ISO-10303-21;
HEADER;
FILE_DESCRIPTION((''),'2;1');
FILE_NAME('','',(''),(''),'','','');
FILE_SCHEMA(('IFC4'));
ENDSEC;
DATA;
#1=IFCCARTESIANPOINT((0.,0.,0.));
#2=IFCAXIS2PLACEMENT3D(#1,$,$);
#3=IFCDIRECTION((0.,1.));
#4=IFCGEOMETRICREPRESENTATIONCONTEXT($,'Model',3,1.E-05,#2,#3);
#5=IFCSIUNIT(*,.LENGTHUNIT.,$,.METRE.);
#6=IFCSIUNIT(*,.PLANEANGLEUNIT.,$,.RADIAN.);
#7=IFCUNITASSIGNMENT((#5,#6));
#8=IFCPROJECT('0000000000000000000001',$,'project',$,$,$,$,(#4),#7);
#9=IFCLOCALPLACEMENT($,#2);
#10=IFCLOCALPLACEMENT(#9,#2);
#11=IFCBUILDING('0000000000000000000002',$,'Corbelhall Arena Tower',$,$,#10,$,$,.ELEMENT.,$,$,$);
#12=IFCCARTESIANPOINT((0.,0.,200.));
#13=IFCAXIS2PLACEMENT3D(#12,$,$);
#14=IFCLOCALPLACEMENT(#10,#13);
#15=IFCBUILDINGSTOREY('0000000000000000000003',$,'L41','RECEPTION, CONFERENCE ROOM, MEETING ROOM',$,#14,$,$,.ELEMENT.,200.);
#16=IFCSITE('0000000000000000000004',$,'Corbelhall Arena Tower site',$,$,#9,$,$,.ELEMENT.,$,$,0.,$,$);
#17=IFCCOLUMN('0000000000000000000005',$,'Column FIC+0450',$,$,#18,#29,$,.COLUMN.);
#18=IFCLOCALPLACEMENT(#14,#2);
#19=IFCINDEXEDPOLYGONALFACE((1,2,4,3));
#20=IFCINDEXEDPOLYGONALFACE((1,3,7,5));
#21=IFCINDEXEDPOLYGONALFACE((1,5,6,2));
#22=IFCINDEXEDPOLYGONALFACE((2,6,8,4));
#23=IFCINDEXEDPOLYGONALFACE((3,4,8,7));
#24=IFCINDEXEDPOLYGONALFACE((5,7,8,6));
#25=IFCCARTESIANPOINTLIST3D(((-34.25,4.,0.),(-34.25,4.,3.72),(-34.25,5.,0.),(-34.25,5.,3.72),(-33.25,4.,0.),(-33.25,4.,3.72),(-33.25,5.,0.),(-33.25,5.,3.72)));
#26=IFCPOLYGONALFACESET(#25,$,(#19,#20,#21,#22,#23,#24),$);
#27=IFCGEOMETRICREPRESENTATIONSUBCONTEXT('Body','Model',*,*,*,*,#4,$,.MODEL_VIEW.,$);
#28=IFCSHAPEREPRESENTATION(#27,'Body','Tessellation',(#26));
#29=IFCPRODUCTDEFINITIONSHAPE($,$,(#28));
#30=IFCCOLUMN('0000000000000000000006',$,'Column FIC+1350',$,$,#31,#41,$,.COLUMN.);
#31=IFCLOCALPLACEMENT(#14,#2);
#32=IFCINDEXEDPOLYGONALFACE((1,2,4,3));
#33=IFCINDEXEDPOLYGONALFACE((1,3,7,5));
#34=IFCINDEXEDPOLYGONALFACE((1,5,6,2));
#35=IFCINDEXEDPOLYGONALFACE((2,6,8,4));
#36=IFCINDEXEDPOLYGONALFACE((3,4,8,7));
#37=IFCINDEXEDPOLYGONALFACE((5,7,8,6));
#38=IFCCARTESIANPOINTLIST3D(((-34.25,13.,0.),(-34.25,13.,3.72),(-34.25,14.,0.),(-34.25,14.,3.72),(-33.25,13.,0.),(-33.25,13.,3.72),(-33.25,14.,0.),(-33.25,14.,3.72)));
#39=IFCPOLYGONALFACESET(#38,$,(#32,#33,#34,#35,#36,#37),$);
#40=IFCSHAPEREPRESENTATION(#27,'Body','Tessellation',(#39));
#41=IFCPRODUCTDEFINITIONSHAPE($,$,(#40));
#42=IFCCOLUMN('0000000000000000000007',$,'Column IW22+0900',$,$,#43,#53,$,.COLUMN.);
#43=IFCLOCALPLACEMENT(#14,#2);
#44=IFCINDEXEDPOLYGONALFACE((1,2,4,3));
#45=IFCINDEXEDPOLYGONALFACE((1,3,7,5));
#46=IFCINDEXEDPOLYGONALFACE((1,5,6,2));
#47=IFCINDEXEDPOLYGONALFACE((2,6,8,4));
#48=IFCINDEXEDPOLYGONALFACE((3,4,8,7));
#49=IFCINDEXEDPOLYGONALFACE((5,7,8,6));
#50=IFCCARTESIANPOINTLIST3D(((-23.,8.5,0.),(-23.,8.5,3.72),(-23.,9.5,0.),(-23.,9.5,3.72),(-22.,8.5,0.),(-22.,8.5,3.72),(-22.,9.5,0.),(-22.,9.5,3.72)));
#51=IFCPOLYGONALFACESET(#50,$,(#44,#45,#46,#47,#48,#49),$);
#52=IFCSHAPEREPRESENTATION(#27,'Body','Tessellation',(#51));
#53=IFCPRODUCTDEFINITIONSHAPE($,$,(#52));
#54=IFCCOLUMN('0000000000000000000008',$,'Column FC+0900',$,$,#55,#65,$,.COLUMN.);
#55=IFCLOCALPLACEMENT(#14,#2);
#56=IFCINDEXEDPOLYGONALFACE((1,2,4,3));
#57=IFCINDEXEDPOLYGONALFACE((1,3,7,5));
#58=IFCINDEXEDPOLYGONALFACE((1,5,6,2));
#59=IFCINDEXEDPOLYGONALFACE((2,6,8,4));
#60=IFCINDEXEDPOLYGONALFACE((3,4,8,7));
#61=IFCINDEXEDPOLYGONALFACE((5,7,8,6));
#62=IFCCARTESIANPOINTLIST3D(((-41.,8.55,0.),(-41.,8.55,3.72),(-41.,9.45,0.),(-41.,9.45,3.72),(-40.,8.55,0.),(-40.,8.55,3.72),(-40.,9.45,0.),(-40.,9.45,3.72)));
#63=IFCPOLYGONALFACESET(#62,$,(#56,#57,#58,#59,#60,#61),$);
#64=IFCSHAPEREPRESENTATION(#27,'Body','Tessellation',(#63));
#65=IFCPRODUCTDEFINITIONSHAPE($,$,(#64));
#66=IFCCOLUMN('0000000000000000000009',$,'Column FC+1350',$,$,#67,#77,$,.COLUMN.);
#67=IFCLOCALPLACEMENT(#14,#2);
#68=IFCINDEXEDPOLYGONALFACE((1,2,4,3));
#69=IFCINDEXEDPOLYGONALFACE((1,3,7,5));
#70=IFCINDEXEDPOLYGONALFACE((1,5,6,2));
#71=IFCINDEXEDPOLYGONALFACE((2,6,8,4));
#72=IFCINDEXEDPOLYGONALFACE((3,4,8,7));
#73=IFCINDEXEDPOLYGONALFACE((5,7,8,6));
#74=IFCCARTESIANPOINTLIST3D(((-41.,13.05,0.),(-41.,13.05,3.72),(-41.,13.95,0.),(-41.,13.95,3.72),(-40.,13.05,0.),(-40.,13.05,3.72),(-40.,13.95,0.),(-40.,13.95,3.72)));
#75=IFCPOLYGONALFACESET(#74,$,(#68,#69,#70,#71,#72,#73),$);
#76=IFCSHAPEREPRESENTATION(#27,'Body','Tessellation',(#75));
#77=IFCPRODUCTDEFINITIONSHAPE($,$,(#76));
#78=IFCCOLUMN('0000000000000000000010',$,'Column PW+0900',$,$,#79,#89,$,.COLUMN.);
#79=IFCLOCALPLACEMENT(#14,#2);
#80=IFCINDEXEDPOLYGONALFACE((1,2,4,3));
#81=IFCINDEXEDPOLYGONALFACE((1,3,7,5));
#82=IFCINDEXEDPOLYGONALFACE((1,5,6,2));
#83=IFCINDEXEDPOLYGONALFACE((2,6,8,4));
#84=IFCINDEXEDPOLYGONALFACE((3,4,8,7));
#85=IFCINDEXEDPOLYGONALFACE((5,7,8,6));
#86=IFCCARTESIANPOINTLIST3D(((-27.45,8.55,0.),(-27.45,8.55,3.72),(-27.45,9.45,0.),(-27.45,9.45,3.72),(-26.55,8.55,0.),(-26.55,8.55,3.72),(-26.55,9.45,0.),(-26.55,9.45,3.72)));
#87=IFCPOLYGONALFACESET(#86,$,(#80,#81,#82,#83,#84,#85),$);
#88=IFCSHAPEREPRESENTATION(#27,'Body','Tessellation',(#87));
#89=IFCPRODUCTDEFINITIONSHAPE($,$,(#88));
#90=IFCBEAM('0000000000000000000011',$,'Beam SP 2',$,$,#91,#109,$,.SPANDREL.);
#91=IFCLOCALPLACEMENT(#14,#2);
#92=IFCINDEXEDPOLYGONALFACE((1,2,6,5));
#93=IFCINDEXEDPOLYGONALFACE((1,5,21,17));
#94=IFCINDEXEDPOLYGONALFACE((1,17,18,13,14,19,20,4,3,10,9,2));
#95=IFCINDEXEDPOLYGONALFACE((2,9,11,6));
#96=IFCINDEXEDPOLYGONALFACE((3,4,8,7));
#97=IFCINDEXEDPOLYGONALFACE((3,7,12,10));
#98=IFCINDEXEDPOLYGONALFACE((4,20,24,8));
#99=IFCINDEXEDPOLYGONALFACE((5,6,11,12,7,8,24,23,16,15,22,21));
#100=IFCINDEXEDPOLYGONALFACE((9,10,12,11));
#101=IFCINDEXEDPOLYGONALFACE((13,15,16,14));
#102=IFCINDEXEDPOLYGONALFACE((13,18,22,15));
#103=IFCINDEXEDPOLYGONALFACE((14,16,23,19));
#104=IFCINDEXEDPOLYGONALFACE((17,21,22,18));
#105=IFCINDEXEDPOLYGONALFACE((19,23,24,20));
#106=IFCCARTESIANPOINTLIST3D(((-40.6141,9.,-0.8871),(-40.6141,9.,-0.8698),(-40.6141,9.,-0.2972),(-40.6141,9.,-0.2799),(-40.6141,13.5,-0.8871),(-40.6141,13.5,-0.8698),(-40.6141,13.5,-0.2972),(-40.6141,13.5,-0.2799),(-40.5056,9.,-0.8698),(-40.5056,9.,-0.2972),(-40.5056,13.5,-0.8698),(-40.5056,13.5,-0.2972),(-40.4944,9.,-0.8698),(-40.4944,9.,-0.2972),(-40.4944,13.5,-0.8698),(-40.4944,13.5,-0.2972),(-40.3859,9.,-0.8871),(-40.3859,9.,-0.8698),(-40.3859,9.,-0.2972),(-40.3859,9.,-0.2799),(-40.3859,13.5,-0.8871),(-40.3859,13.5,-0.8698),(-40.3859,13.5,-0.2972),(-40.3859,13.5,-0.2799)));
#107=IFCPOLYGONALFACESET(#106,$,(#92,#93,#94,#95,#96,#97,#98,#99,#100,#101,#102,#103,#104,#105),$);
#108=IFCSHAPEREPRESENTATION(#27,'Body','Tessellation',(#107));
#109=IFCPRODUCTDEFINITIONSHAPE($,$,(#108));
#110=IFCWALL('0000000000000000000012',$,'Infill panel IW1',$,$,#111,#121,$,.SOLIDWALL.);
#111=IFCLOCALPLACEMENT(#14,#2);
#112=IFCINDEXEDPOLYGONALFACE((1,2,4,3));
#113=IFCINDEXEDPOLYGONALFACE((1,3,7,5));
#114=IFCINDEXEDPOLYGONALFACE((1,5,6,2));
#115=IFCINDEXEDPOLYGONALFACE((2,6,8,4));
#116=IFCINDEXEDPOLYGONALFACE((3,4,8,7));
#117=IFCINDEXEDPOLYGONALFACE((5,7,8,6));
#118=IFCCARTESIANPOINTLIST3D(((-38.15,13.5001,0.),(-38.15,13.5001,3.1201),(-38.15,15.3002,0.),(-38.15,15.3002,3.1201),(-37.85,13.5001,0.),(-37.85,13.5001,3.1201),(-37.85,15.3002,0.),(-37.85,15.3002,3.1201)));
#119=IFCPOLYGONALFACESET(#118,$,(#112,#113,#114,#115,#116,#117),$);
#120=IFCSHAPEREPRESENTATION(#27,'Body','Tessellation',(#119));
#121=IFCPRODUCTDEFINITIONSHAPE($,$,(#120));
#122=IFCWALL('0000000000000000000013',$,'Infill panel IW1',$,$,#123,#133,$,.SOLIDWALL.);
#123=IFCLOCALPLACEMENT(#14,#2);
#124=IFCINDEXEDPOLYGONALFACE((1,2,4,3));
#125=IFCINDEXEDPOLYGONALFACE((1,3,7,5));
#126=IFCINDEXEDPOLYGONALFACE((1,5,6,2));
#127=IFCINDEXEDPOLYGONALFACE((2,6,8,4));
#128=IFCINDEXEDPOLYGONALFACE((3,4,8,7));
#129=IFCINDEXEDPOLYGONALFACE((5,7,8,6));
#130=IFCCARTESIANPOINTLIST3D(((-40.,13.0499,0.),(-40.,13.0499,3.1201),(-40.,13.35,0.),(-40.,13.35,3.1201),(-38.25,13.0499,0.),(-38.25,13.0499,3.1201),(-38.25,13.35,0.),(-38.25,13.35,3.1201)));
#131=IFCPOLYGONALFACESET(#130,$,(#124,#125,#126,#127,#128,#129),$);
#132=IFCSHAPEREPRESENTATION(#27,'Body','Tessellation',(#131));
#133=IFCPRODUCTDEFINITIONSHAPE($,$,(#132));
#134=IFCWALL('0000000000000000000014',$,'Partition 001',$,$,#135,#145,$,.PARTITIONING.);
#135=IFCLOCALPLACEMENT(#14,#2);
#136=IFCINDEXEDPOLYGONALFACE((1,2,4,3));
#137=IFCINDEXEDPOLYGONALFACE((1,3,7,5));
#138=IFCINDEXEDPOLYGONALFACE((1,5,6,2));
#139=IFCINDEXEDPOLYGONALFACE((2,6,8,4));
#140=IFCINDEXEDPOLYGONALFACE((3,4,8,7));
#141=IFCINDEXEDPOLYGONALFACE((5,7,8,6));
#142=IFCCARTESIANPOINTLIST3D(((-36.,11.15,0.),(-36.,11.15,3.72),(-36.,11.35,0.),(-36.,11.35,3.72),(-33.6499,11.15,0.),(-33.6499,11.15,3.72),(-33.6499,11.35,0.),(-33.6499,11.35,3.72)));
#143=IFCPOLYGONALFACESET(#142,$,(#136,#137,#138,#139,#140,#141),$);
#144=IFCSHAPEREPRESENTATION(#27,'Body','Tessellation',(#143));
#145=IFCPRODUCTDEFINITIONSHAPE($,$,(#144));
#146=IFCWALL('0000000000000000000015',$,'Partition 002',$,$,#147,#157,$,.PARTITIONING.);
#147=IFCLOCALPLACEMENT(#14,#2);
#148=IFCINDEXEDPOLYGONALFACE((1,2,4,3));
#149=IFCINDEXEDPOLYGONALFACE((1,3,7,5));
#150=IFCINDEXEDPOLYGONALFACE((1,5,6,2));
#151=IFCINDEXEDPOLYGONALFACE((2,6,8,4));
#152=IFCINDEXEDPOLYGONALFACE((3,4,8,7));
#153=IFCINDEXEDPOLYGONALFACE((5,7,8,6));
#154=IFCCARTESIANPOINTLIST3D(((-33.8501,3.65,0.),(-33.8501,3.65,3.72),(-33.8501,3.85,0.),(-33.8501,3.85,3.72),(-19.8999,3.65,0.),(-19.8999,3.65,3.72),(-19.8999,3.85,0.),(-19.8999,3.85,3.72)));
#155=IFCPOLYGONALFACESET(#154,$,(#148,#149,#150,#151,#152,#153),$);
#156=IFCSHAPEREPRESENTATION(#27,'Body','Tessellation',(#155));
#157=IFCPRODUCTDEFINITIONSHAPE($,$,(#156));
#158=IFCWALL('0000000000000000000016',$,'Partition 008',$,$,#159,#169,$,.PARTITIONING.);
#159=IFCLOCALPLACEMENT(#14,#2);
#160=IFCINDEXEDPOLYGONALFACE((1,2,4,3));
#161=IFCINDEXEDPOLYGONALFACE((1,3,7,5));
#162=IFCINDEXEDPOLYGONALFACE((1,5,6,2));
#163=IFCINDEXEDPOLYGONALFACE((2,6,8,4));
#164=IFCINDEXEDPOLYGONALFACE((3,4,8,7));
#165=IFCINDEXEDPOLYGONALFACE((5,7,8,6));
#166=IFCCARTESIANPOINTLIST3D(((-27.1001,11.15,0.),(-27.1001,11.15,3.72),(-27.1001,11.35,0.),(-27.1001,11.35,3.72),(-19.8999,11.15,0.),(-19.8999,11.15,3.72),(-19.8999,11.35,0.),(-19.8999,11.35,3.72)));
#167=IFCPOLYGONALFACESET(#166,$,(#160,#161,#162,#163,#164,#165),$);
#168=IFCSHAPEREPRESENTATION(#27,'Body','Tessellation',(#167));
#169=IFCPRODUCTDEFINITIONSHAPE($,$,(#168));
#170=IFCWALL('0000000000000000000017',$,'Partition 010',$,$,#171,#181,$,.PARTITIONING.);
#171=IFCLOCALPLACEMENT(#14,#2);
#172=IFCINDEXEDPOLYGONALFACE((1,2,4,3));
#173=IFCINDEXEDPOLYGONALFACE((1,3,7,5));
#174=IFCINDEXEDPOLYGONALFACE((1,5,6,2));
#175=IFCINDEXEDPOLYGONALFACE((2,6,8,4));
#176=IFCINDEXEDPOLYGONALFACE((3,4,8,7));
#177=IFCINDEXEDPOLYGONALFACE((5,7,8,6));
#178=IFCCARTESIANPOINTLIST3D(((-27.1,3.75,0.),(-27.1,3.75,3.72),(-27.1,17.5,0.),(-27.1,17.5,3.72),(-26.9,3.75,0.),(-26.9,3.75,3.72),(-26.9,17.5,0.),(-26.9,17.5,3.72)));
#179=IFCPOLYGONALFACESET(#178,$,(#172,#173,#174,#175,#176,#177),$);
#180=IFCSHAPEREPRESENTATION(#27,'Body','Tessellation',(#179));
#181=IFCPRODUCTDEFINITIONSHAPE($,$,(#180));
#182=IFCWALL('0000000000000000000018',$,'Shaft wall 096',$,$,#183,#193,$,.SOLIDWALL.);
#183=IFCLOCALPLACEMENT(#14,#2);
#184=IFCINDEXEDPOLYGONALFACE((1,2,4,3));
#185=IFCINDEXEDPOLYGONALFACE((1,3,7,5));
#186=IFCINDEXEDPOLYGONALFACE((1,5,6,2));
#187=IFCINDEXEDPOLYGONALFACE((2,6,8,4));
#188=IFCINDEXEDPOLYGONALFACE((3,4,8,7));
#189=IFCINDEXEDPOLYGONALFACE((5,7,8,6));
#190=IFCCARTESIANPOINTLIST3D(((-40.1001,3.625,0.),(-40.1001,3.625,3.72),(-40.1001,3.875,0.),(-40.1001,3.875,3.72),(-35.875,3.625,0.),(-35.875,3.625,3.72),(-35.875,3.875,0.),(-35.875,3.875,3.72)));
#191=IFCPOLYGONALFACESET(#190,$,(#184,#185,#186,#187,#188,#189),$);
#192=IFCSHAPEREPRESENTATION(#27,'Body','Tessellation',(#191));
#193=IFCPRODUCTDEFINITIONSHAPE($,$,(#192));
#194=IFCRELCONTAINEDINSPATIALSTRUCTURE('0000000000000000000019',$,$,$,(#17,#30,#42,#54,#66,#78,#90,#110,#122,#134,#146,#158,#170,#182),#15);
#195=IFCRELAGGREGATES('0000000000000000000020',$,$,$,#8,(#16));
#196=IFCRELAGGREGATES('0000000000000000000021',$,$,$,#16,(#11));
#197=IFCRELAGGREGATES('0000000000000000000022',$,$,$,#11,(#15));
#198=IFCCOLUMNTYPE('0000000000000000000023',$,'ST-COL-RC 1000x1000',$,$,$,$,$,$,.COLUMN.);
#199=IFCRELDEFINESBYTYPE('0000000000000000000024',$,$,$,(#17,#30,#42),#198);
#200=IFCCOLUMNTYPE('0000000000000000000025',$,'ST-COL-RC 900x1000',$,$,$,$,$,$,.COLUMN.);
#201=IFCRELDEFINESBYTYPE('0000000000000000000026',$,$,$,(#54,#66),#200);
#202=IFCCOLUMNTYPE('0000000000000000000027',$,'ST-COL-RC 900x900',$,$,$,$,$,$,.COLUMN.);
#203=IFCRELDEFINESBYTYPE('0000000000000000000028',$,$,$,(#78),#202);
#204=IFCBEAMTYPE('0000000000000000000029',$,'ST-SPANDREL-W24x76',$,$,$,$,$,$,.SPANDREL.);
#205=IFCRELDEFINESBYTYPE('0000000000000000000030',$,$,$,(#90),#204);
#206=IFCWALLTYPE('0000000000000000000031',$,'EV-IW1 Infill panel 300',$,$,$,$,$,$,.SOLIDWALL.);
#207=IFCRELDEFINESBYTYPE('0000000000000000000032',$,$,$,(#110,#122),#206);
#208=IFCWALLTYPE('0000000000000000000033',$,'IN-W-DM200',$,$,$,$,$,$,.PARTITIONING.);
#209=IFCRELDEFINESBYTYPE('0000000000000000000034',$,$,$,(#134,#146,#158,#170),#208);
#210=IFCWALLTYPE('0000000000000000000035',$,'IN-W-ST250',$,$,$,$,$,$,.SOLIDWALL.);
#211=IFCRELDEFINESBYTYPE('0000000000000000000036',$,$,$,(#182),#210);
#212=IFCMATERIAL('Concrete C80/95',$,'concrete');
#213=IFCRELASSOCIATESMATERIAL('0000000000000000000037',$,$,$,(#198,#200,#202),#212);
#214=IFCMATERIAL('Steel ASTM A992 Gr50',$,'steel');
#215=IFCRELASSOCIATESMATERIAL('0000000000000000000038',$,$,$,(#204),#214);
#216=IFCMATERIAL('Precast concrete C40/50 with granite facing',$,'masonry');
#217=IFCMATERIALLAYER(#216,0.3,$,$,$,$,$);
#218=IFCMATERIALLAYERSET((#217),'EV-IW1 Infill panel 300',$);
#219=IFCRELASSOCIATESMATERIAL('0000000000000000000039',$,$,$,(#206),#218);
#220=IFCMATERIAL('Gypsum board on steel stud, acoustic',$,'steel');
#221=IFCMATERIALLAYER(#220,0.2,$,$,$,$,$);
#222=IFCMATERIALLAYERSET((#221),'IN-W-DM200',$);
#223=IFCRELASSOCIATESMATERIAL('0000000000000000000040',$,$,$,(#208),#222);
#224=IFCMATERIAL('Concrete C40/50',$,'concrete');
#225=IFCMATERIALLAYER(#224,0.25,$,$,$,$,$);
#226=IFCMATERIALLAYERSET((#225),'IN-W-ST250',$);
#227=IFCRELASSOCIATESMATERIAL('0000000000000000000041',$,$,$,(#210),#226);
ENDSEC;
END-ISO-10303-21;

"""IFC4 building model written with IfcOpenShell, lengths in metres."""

from ifc_helpers import new_model, si_unit, direction, frame, frame_2d, origin, origin_2d, place, context, subcontext, project, spatial, rectangle, i_section, extrude, material, layer, layer_set, material_profile, profile_set, type_object, element, save


model = new_model("IFC4")

# Units and contexts
model_context = context("Model", 3, precision=1e-05, world=origin(), true_north=direction((0.0, 1.0)))
body_context = subcontext(model_context, "Body", "Model", "MODEL_VIEW")
ifc_project = project(units=[si_unit("LENGTHUNIT", "METRE"), si_unit("PLANEANGLEUNIT", "RADIAN")], contexts=[model_context])

# Site, building, storey
site_placement = place(None, origin())
site = spatial("IfcSite", under=ifc_project, at=site_placement, Name="Corbelhall Arena Tower site", CompositionType="ELEMENT", RefElevation=0.0)
building_placement = place(site_placement, origin())
building = spatial("IfcBuilding", under=site, at=building_placement, Name="Corbelhall Arena Tower", CompositionType="ELEMENT")
storey_placement = place(building_placement, frame((0.0, 0.0, 200.0)))
storey = spatial("IfcBuildingStorey", under=building, at=storey_placement, Name="L41", Description="RECEPTION, CONFERENCE ROOM, MEETING ROOM", CompositionType="ELEMENT", Elevation=200.0)

# Columns
ifc_material_1 = material(Name="Concrete C80/95", Category="concrete")
ifc_material_profile_1 = material_profile(ifc_material_1, rectangle(XDim=1.0, YDim=1.0, at=origin_2d()))
ifc_profile_set_1 = profile_set([ifc_material_profile_1], Name="Concrete C80/95")
column_type_1 = type_object("IfcColumnType", Name="ST-COL-RC 1000x1000", PredefinedType="COLUMN", material=ifc_profile_set_1)
for number, where, z_axis, x_axis, name in (
    (1, (-33.75, 4.5, 0.0), (0.0, 0.0, 1.0), (1.0, 0.0, 0.0), "Column FIC+0450"),
    (2, (-33.75, 13.5, 0.0), (0.0, 0.0, 1.0), (1.0, 0.0, 0.0), "Column FIC+1350"),
    (3, (-22.5, 9.0, 0.0), (0.0, 0.0, 1.0), (1.0, 0.0, 0.0), "Column IW22+0900"),
):
    element("IfcColumn", number, at=place(storey_placement, frame(where, z_axis=z_axis, x_axis=x_axis)), inside=storey, type_object=column_type_1, Name=name, PredefinedType="COLUMN", context=body_context, shape_type="SweptSolid", body=[
        extrude(rectangle(XDim=1.0, YDim=1.0, at=origin_2d()), origin(), (0.0, 0.0, 1.0), 3.72),
    ])
ifc_material_profile_2 = material_profile(ifc_material_1, rectangle(XDim=0.8999, YDim=1.0, at=origin_2d()))
ifc_profile_set_2 = profile_set([ifc_material_profile_2], Name="Concrete C80/95")
column_type_2 = type_object("IfcColumnType", Name="ST-COL-RC 900x1000", PredefinedType="COLUMN", material=ifc_profile_set_2)
for number, where, z_axis, x_axis, name in (
    (4, (-40.5, 9.0, 0.0), (0.0, 0.0, 1.0), (0.0, 1.0, 0.0), "Column FC+0900"),
    (5, (-40.5, 13.5, 0.0), (0.0, 0.0, 1.0), (0.0, 1.0, 0.0), "Column FC+1350"),
):
    element("IfcColumn", number, at=place(storey_placement, frame(where, z_axis=z_axis, x_axis=x_axis)), inside=storey, type_object=column_type_2, Name=name, PredefinedType="COLUMN", context=body_context, shape_type="SweptSolid", body=[
        extrude(rectangle(XDim=0.8999, YDim=1.0, at=origin_2d()), origin(), (0.0, 0.0, 1.0), 3.72),
    ])
ifc_material_profile_3 = material_profile(ifc_material_1, rectangle(XDim=0.8999, YDim=0.8999, at=origin_2d()))
ifc_profile_set_3 = profile_set([ifc_material_profile_3], Name="Concrete C80/95")
column_type_3 = type_object("IfcColumnType", Name="ST-COL-RC 900x900", PredefinedType="COLUMN", material=ifc_profile_set_3)
column_placement = place(storey_placement, frame((-27.0, 9.0, 0.0), z_axis=(0.0, 0.0, 1.0), x_axis=(1.0, 0.0, 0.0)))
element("IfcColumn", 6, at=column_placement, inside=storey, type_object=column_type_3, Name="Column PW+0900", PredefinedType="COLUMN", context=body_context, shape_type="SweptSolid", body=[
    extrude(rectangle(XDim=0.8999, YDim=0.8999, at=origin_2d()), origin(), (0.0, 0.0, 1.0), 3.72),
])

# Beam
ifc_material_2 = material(Name="Steel ASTM A992 Gr50", Category="steel")
ifc_material_profile_4 = material_profile(ifc_material_2, i_section(OverallWidth=0.2283, OverallDepth=0.6072, WebThickness=0.0112, FlangeThickness=0.0173, at=origin_2d()))
ifc_profile_set_4 = profile_set([ifc_material_profile_4], Name="Steel ASTM A992 Gr50")
beam_type = type_object("IfcBeamType", Name="ST-SPANDREL-W24x76", PredefinedType="SPANDREL", material=ifc_profile_set_4)
beam_placement = place(storey_placement, frame((-40.5, 9.0, -0.5835), z_axis=(0.0, 1.0, 0.0), x_axis=(-1.0, 0.0, 0.0)))
element("IfcBeam", 7, at=beam_placement, inside=storey, type_object=beam_type, Name="Beam SP 2", PredefinedType="SPANDREL", context=body_context, shape_type="SweptSolid", body=[
    extrude(i_section(OverallWidth=0.2283, OverallDepth=0.6072, WebThickness=0.0112, FlangeThickness=0.0173, at=origin_2d()), origin(), (0.0, 0.0, 1.0), 4.5),
])

# Walls
ifc_material_3 = material(Name="Precast concrete C40/50 with granite facing", Category="masonry")
ifc_layer_1 = layer(ifc_material_3, 0.3)
ifc_layer_set_1 = layer_set([ifc_layer_1], Name="EV-IW1 Infill panel 300")
wall_type_1 = type_object("IfcWallType", Name="EV-IW1 Infill panel 300", PredefinedType="SOLIDWALL", material=ifc_layer_set_1)
wall_1_placement = place(storey_placement, frame((-38.0, 15.3, 0.0), z_axis=(0.0, 0.0, 1.0), x_axis=(0.0, -1.0, 0.0)))
element("IfcWall", 8, at=wall_1_placement, inside=storey, type_object=wall_type_1, Name="Infill panel IW1", PredefinedType="SOLIDWALL", context=body_context, shape_type="SweptSolid", body=[
    extrude(rectangle(XDim=1.8, YDim=0.3, at=frame_2d((0.8999, 0.0))), origin(), (0.0, 0.0, 1.0), 3.1201),
])
wall_2_placement = place(storey_placement, frame((-40.0, 13.2, 0.0), z_axis=(0.0, 0.0, 1.0), x_axis=(1.0, 0.0, 0.0)))
element("IfcWall", 9, at=wall_2_placement, inside=storey, type_object=wall_type_1, Name="Infill panel IW1", PredefinedType="SOLIDWALL", context=body_context, shape_type="SweptSolid", body=[
    extrude(rectangle(XDim=1.75, YDim=0.3, at=frame_2d((0.875, 0.0))), origin(), (0.0, 0.0, 1.0), 3.1201),
])

# Walls
ifc_material_4 = material(Name="Gypsum board on steel stud, acoustic", Category="steel")
ifc_layer_2 = layer(ifc_material_4, 0.2)
ifc_layer_set_2 = layer_set([ifc_layer_2], Name="IN-W-DM200")
wall_type_2 = type_object("IfcWallType", Name="IN-W-DM200", PredefinedType="PARTITIONING", material=ifc_layer_set_2)
wall_3_placement = place(storey_placement, frame((-36.0, 11.25, 0.0), z_axis=(0.0, 0.0, 1.0), x_axis=(1.0, 0.0, 0.0)))
element("IfcWall", 10, at=wall_3_placement, inside=storey, type_object=wall_type_2, Name="Partition 001", PredefinedType="PARTITIONING", context=body_context, shape_type="SweptSolid", body=[
    extrude(rectangle(XDim=2.3501, YDim=0.2, at=frame_2d((1.175, 0.0))), origin(), (0.0, 0.0, 1.0), 3.72),
])
wall_4_placement = place(storey_placement, frame((-33.8501, 3.75, 0.0), z_axis=(0.0, 0.0, 1.0), x_axis=(1.0, 0.0, 0.0)))
element("IfcWall", 11, at=wall_4_placement, inside=storey, type_object=wall_type_2, Name="Partition 002", PredefinedType="PARTITIONING", context=body_context, shape_type="SweptSolid", body=[
    extrude(rectangle(XDim=13.9502, YDim=0.2, at=frame_2d((6.9751, 0.0))), origin(), (0.0, 0.0, 1.0), 3.72),
])

# Walls
wall_5_placement = place(storey_placement, frame((-27.1001, 11.25, 0.0), z_axis=(0.0, 0.0, 1.0), x_axis=(1.0, 0.0, 0.0)))
element("IfcWall", 12, at=wall_5_placement, inside=storey, type_object=wall_type_2, Name="Partition 008", PredefinedType="PARTITIONING", context=body_context, shape_type="SweptSolid", body=[
    extrude(rectangle(XDim=7.2002, YDim=0.2, at=frame_2d((3.6001, 0.0))), origin(), (0.0, 0.0, 1.0), 3.72),
])
wall_6_placement = place(storey_placement, frame((-27.0, 3.75, 0.0), z_axis=(0.0, 0.0, 1.0), x_axis=(0.0, 1.0, 0.0)))
element("IfcWall", 13, at=wall_6_placement, inside=storey, type_object=wall_type_2, Name="Partition 010", PredefinedType="PARTITIONING", context=body_context, shape_type="SweptSolid", body=[
    extrude(rectangle(XDim=13.75, YDim=0.2, at=frame_2d((6.875, 0.0))), origin(), (0.0, 0.0, 1.0), 3.72),
])

# Wall
ifc_material_5 = material(Name="Concrete C40/50", Category="concrete")
ifc_layer_3 = layer(ifc_material_5, 0.25)
ifc_layer_set_3 = layer_set([ifc_layer_3], Name="IN-W-ST250")
wall_type_3 = type_object("IfcWallType", Name="IN-W-ST250", PredefinedType="SOLIDWALL", material=ifc_layer_set_3)
wall_7_placement = place(storey_placement, frame((-40.1001, 3.75, 0.0), z_axis=(0.0, 0.0, 1.0), x_axis=(1.0, 0.0, 0.0)))
element("IfcWall", 14, at=wall_7_placement, inside=storey, type_object=wall_type_3, Name="Shaft wall 096", PredefinedType="SOLIDWALL", context=body_context, shape_type="SweptSolid", body=[
    extrude(rectangle(XDim=4.2251, YDim=0.25, at=frame_2d((2.1125, 0.0))), origin(), (0.0, 0.0, 1.0), 3.72),
])

save(model, "model.ifc")
